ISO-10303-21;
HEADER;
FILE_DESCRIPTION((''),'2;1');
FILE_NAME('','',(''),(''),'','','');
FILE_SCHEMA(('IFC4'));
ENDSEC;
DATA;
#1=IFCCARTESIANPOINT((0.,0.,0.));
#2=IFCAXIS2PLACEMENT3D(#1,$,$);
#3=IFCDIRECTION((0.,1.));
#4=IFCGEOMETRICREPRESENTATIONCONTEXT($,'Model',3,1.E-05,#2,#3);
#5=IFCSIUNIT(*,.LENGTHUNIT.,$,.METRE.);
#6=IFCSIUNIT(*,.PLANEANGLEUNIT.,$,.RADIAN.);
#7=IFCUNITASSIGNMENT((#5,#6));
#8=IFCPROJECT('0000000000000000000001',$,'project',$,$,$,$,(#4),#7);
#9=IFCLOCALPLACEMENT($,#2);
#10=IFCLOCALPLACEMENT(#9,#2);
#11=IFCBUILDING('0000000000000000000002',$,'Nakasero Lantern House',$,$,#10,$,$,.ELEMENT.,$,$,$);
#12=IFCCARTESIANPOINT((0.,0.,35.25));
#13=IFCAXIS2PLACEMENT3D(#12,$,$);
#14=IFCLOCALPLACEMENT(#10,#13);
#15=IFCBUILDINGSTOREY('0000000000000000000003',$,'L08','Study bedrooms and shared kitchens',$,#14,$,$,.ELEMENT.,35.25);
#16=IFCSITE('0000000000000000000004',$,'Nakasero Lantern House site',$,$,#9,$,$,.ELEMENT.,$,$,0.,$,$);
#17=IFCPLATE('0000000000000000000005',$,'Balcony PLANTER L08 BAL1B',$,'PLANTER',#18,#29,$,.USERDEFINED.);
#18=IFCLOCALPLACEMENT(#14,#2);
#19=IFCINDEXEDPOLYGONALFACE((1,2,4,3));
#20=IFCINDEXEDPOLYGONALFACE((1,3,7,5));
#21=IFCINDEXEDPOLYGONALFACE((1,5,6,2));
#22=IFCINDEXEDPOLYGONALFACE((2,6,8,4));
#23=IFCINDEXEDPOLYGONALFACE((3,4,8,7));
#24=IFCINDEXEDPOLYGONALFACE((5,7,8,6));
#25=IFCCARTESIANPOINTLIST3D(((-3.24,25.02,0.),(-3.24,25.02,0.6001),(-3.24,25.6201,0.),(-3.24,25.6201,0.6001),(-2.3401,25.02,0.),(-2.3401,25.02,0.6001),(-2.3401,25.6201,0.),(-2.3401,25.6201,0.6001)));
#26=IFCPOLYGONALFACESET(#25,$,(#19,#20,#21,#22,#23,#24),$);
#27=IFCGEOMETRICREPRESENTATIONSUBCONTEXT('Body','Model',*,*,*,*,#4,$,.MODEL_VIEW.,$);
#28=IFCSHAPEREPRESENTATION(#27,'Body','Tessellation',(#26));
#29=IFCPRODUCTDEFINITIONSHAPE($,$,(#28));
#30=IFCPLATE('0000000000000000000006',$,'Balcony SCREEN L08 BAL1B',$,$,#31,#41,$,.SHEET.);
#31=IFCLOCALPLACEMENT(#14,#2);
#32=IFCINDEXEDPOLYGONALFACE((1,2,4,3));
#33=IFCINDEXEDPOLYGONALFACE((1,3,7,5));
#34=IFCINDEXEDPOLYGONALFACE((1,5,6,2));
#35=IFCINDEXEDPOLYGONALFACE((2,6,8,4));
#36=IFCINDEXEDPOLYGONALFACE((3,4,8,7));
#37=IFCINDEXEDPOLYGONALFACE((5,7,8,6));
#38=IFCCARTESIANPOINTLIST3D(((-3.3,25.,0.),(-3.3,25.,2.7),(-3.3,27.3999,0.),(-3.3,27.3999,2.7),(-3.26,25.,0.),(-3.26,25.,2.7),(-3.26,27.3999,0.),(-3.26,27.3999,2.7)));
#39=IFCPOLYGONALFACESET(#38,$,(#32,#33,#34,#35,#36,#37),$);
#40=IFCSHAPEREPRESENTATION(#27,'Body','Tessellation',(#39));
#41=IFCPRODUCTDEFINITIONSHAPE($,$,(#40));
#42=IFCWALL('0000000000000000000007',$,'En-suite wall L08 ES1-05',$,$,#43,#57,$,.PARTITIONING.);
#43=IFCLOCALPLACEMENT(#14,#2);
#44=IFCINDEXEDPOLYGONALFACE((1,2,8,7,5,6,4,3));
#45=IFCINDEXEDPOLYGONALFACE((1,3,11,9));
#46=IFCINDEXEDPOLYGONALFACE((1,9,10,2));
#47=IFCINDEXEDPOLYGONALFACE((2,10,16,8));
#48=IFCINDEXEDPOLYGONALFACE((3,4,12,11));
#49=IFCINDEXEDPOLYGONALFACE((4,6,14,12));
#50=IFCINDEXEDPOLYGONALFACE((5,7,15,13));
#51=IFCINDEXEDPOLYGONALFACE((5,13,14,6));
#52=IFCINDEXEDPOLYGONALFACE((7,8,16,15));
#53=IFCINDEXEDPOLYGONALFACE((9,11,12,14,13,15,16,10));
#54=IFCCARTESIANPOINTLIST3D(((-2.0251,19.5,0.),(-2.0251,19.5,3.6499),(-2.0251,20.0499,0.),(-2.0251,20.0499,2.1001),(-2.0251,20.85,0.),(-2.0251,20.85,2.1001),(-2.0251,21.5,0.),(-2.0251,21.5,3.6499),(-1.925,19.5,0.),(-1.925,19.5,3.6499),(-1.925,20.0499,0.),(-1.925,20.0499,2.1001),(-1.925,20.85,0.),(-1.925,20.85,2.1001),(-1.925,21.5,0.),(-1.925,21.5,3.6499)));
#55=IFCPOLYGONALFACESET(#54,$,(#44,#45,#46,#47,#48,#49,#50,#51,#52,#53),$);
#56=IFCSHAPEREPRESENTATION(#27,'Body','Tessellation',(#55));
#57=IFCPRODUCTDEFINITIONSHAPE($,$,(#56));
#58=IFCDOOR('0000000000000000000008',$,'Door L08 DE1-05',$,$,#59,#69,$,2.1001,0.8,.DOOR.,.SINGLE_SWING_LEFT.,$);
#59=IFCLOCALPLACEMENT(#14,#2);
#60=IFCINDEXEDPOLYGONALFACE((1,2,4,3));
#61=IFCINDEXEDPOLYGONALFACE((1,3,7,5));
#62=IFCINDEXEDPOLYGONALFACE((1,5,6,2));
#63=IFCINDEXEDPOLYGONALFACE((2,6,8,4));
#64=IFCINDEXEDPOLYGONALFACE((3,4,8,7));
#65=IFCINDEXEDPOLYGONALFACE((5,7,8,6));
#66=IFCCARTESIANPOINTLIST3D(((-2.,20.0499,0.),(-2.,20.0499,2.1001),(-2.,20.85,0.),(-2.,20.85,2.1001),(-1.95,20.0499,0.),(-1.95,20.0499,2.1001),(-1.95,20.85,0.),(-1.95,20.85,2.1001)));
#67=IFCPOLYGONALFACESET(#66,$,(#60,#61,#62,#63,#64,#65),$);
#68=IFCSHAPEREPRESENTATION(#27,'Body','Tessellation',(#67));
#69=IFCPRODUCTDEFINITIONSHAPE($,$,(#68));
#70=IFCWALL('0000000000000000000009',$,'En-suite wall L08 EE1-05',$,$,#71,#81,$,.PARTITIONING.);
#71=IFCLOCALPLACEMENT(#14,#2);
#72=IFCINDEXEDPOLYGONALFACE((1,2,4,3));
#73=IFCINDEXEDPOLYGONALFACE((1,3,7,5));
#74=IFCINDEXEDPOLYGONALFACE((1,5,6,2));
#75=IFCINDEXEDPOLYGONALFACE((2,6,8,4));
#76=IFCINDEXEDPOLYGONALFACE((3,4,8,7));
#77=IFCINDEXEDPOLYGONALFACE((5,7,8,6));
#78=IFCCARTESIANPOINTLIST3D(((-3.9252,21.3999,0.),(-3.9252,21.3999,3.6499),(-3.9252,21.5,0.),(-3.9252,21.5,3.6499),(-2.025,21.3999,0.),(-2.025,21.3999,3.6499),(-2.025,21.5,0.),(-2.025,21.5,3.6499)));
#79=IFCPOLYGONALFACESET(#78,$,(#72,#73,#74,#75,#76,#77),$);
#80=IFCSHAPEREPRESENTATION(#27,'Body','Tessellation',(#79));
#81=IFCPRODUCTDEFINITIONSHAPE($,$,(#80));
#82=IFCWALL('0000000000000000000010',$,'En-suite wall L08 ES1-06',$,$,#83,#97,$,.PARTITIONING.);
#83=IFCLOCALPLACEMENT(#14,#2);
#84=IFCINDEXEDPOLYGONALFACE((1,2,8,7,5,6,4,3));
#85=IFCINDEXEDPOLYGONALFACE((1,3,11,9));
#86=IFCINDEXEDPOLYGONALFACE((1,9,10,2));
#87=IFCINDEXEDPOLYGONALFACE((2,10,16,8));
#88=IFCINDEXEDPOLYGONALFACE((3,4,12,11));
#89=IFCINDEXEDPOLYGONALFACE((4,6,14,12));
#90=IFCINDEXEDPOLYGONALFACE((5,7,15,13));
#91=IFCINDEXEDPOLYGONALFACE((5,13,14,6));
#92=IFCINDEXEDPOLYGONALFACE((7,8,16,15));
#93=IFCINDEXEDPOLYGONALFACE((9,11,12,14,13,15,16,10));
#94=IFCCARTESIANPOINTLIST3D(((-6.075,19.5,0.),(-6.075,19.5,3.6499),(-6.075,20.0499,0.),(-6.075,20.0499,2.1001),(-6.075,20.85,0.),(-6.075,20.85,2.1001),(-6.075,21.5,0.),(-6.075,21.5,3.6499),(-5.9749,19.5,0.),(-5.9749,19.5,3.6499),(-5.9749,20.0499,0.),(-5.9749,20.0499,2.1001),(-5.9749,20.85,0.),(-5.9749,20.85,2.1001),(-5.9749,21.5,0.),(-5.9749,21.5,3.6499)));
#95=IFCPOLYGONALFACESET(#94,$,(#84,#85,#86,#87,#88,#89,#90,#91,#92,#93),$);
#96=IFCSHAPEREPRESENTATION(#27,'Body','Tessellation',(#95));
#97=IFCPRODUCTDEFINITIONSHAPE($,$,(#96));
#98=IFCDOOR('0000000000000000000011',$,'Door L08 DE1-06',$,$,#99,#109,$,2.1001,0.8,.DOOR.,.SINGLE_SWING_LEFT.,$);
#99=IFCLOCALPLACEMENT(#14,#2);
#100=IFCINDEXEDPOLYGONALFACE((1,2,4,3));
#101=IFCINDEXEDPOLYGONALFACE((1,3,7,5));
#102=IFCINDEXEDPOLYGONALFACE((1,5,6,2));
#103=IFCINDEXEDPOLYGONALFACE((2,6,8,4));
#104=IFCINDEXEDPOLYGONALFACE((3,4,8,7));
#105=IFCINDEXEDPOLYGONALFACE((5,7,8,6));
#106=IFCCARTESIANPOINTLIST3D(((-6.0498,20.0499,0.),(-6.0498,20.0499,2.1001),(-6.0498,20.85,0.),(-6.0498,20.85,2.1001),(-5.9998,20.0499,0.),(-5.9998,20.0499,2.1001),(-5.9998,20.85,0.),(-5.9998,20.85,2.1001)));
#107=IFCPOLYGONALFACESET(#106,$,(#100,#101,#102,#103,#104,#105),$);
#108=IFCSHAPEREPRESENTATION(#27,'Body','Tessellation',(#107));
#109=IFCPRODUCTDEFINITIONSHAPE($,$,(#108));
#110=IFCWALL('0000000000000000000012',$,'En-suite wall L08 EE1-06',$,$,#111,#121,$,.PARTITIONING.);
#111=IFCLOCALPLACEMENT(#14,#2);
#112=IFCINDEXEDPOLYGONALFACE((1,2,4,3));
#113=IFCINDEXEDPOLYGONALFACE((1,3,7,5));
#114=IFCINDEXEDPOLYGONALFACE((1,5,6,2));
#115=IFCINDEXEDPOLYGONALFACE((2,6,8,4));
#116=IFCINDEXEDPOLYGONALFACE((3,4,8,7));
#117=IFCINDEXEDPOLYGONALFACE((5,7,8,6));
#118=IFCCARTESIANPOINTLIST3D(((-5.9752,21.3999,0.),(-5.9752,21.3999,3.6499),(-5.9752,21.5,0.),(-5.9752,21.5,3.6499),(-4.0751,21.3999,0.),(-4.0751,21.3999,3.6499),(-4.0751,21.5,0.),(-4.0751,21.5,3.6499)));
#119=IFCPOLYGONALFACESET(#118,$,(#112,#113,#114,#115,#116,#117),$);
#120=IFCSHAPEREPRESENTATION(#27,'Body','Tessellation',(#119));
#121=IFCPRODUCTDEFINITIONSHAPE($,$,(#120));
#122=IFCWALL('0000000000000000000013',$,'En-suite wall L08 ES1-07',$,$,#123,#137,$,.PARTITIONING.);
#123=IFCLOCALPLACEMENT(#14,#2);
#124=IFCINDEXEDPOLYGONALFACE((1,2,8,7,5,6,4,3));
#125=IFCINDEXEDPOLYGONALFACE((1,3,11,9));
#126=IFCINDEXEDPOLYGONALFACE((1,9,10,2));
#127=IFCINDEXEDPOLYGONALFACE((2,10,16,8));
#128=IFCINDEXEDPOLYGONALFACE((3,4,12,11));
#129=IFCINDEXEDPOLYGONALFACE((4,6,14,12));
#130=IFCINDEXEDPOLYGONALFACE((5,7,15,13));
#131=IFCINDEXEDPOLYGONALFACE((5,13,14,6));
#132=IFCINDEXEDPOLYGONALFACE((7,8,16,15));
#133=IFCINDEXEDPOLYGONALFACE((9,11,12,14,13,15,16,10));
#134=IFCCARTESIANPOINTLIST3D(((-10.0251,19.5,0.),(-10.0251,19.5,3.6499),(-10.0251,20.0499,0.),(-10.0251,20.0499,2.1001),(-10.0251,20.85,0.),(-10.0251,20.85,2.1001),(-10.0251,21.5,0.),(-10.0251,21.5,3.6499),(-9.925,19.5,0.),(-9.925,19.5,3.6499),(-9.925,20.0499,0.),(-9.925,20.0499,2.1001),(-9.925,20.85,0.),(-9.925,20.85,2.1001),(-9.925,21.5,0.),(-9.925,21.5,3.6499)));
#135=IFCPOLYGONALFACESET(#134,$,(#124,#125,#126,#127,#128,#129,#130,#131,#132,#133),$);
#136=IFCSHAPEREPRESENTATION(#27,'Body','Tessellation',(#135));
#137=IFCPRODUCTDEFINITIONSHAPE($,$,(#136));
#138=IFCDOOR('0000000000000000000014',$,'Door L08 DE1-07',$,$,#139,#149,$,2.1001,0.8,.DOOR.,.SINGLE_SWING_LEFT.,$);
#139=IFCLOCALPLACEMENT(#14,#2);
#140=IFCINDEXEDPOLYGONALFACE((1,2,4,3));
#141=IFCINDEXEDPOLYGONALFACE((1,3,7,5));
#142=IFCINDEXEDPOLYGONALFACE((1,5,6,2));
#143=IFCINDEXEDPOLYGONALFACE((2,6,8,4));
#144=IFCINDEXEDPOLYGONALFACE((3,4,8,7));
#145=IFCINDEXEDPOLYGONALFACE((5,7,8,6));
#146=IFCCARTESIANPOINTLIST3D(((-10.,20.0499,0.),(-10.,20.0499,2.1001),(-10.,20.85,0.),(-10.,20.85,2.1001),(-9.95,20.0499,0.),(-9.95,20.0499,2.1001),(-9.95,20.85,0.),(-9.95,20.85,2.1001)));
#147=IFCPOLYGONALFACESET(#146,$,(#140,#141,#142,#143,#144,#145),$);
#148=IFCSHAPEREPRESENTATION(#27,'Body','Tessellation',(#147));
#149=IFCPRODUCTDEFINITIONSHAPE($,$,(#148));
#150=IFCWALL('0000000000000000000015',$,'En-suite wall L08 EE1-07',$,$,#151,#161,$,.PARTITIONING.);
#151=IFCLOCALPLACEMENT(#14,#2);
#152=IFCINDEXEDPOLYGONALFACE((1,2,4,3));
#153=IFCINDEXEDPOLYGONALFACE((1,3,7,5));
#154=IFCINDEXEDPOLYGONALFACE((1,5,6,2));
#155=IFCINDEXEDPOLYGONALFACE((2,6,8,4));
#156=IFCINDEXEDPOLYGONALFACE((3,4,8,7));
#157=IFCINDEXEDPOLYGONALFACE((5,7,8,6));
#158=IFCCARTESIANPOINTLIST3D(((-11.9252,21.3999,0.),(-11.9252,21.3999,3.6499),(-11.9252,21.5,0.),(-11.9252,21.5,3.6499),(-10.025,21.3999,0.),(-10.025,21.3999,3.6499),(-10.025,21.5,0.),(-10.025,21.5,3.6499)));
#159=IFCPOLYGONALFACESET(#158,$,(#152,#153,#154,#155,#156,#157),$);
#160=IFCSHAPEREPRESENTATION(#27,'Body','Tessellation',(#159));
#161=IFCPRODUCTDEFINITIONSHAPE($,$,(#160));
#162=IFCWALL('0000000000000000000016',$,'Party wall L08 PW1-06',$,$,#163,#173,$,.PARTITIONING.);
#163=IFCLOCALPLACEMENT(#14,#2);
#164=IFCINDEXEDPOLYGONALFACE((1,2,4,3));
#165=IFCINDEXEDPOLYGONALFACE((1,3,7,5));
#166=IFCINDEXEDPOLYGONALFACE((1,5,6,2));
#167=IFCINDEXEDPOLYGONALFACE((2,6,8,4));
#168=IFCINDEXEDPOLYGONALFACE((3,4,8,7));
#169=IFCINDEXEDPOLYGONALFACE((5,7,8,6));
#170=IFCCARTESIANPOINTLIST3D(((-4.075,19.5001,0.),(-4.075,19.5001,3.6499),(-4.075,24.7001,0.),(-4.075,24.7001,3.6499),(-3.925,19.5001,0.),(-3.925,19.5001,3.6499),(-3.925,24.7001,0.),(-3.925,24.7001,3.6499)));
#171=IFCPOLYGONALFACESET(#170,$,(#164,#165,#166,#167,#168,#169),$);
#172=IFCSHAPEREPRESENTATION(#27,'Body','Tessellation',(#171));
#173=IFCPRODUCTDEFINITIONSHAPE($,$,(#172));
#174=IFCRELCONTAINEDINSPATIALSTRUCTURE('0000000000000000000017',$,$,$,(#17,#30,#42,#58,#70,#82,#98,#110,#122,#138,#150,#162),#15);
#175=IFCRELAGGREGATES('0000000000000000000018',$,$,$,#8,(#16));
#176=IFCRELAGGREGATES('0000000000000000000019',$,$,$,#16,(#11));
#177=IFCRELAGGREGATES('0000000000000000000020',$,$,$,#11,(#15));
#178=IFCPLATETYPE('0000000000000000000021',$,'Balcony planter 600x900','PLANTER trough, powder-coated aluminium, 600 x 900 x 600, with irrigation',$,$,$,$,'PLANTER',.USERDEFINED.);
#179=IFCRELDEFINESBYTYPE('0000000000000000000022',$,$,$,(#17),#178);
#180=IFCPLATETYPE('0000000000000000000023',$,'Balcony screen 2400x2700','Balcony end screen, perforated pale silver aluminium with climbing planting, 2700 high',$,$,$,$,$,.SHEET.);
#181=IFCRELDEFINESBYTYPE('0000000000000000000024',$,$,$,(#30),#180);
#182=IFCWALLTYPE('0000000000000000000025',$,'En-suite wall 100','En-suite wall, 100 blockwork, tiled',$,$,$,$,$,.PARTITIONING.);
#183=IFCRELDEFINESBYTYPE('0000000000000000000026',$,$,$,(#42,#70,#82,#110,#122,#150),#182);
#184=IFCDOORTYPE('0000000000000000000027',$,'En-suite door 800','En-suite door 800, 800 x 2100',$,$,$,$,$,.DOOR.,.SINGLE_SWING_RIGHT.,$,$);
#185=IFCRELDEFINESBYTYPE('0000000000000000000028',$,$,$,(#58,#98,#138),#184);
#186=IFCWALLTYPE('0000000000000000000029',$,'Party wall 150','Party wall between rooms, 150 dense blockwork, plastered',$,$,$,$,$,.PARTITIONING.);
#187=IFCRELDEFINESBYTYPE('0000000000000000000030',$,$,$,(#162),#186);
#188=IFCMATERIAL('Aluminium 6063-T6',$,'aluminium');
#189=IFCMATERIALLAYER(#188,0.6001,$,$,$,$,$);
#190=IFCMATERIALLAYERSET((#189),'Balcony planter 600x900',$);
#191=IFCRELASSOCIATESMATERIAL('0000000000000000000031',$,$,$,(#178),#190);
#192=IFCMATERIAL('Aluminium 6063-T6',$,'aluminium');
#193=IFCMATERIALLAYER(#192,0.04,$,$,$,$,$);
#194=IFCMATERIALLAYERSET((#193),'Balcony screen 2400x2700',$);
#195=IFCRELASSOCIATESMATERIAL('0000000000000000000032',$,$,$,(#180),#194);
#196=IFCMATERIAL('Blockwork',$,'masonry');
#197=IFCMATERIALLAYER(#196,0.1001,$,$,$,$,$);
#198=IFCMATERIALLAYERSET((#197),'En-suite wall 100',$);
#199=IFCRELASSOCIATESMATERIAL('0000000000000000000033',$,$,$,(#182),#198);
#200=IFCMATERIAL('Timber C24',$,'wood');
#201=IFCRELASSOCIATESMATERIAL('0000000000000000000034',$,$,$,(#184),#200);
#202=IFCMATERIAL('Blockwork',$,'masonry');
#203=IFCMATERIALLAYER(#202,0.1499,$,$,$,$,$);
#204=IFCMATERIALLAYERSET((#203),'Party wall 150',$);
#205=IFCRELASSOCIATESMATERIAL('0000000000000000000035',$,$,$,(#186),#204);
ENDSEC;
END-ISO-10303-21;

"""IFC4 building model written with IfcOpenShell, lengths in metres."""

from ifc_helpers import new_model, si_unit, direction, frame, frame_2d, origin, origin_2d, place, context, subcontext, project, spatial, rectangle, extrude, material, layer, layer_set, type_object, element, fill, save


model = new_model("IFC4")

# Units and contexts
model_context = context("Model", 3, precision=1e-05, world=origin(), true_north=direction((0.0, 1.0)))
body_context = subcontext(model_context, "Body", "Model", "MODEL_VIEW")
ifc_project = project(units=[si_unit("LENGTHUNIT", "METRE"), si_unit("PLANEANGLEUNIT", "RADIAN")], contexts=[model_context])

# Site, building, storey
site_placement = place(None, origin())
site = spatial("IfcSite", under=ifc_project, at=site_placement, Name="Nakasero Lantern House site", CompositionType="ELEMENT", RefElevation=0.0)
building_placement = place(site_placement, origin())
building = spatial("IfcBuilding", under=site, at=building_placement, Name="Nakasero Lantern House", CompositionType="ELEMENT")
storey_placement = place(building_placement, frame((0.0, 0.0, 35.25)))
storey = spatial("IfcBuildingStorey", under=building, at=storey_placement, Name="L08", Description="Study bedrooms and shared kitchens", CompositionType="ELEMENT", Elevation=35.25)

# Plates
ifc_material_1 = material(Name="Aluminium 6063-T6", Category="aluminium")
ifc_layer_1 = layer(ifc_material_1, 0.6001)
ifc_layer_set_1 = layer_set([ifc_layer_1], Name="Balcony planter 600x900")
plate_type_1 = type_object("IfcPlateType", Name="Balcony planter 600x900", Description="PLANTER trough, powder-coated aluminium, 600 x 900 x 600, with irrigation", ElementType="PLANTER", PredefinedType="USERDEFINED", material=ifc_layer_set_1)
plate_1_placement = place(storey_placement, frame((-2.79, 25.3201, 0.0), z_axis=(0.0, 0.0, 1.0), x_axis=(0.0, 1.0, 0.0)))
element("IfcPlate", 1, at=plate_1_placement, inside=storey, type_object=plate_type_1, Name="Balcony PLANTER L08 BAL1B", ObjectType="PLANTER", PredefinedType="USERDEFINED", context=body_context, shape_type="SweptSolid", body=[
    extrude(rectangle(XDim=0.6001, YDim=0.8999, at=origin_2d()), origin(), (0.0, 0.0, 1.0), 0.6001),
])
ifc_material_2 = material(Name="Aluminium 6063-T6", Category="aluminium")
ifc_layer_2 = layer(ifc_material_2, 0.04)
ifc_layer_set_2 = layer_set([ifc_layer_2], Name="Balcony screen 2400x2700")
plate_type_2 = type_object("IfcPlateType", Name="Balcony screen 2400x2700", Description="Balcony end screen, perforated pale silver aluminium with climbing planting, 2700 high", PredefinedType="SHEET", material=ifc_layer_set_2)
plate_2_placement = place(storey_placement, frame((-3.28, 26.2, 0.0), z_axis=(0.0, 0.0, 1.0), x_axis=(0.0, 1.0, 0.0)))
element("IfcPlate", 2, at=plate_2_placement, inside=storey, type_object=plate_type_2, Name="Balcony SCREEN L08 BAL1B", PredefinedType="SHEET", context=body_context, shape_type="SweptSolid", body=[
    extrude(rectangle(XDim=2.3999, YDim=0.04, at=origin_2d()), origin(), (0.0, 0.0, 1.0), 2.7),
])

# Wall, opening, door
ifc_material_3 = material(Name="Blockwork", Category="masonry")
ifc_layer_3 = layer(ifc_material_3, 0.1001)
ifc_layer_set_3 = layer_set([ifc_layer_3], Name="En-suite wall 100")
wall_type_1 = type_object("IfcWallType", Name="En-suite wall 100", Description="En-suite wall, 100 blockwork, tiled", PredefinedType="PARTITIONING", material=ifc_layer_set_3)
wall_1_placement = place(storey_placement, frame((-1.9751, 19.5, 0.0), z_axis=(0.0, 0.0, 1.0), x_axis=(0.0, 1.0, 0.0)))
wall_1 = element("IfcWall", 3, at=wall_1_placement, inside=storey, type_object=wall_type_1, Name="En-suite wall L08 ES1-05", PredefinedType="PARTITIONING", context=body_context, shape_type="SweptSolid", body=[
    extrude(rectangle(XDim=2.0, YDim=0.1001, at=frame_2d((1.0, 0.0))), origin(), (0.0, 0.0, 1.0), 3.6499),
])
opening_1_placement = place(wall_1_placement, frame((0.55, 0.0, 0.0)))
opening_1 = element("IfcOpeningElement", 4, at=opening_1_placement, cuts=wall_1, PredefinedType="OPENING", context=body_context, shape_type="SweptSolid", body=[
    extrude(rectangle(XDim=0.8, YDim=2.1001, at=frame_2d((0.3999, 1.05))), frame((0.0, 0.0701, 0.0), z_axis=(0.0, -1.0, 0.0), x_axis=(1.0, 0.0, 0.0)), (0.0, 0.0, 1.0), 0.1401),
])
ifc_material_4 = material(Name="Timber C24", Category="wood")
door_type = type_object("IfcDoorType", Name="En-suite door 800", Description="En-suite door 800, 800 x 2100", OperationType="SINGLE_SWING_RIGHT", PredefinedType="DOOR", material=ifc_material_4)
door_1_placement = place(opening_1_placement, origin())
door_1 = element("IfcDoor", 5, at=door_1_placement, inside=storey, type_object=door_type, Name="Door L08 DE1-05", OperationType="SINGLE_SWING_LEFT", OverallHeight=2.1001, OverallWidth=0.8, PredefinedType="DOOR", context=body_context, shape_type="SweptSolid", body=[
    extrude(rectangle(XDim=0.8, YDim=2.1001, at=frame_2d((0.3999, 1.05))), frame((0.0, 0.0249, 0.0), z_axis=(0.0, -1.0, 0.0), x_axis=(1.0, 0.0, 0.0)), (0.0, 0.0, 1.0), 0.05),
])
fill(opening_1, door_1)

# Wall
wall_2_placement = place(storey_placement, frame((-2.0249, 21.45, 0.0), z_axis=(0.0, 0.0, 1.0), x_axis=(-1.0, 0.0, 0.0)))
element("IfcWall", 6, at=wall_2_placement, inside=storey, type_object=wall_type_1, Name="En-suite wall L08 EE1-05", PredefinedType="PARTITIONING", context=body_context, shape_type="SweptSolid", body=[
    extrude(rectangle(XDim=1.9001, YDim=0.1001, at=frame_2d((0.9502, 0.0))), origin(), (0.0, 0.0, 1.0), 3.6499),
])

# Wall, opening, door
wall_3_placement = place(storey_placement, frame((-6.0249, 19.5, 0.0), z_axis=(0.0, 0.0, 1.0), x_axis=(0.0, 1.0, 0.0)))
wall_3 = element("IfcWall", 7, at=wall_3_placement, inside=storey, type_object=wall_type_1, Name="En-suite wall L08 ES1-06", PredefinedType="PARTITIONING", context=body_context, shape_type="SweptSolid", body=[
    extrude(rectangle(XDim=2.0, YDim=0.1001, at=frame_2d((1.0, 0.0))), origin(), (0.0, 0.0, 1.0), 3.6499),
])
opening_2_placement = place(wall_3_placement, frame((0.55, 0.0, 0.0)))
opening_2 = element("IfcOpeningElement", 8, at=opening_2_placement, cuts=wall_3, PredefinedType="OPENING", context=body_context, shape_type="SweptSolid", body=[
    extrude(rectangle(XDim=0.8, YDim=2.1001, at=frame_2d((0.3999, 1.05))), frame((0.0, 0.0701, 0.0), z_axis=(0.0, -1.0, 0.0), x_axis=(1.0, 0.0, 0.0)), (0.0, 0.0, 1.0), 0.1401),
])
door_2_placement = place(opening_2_placement, origin())
door_2 = element("IfcDoor", 9, at=door_2_placement, inside=storey, type_object=door_type, Name="Door L08 DE1-06", OperationType="SINGLE_SWING_LEFT", OverallHeight=2.1001, OverallWidth=0.8, PredefinedType="DOOR", context=body_context, shape_type="SweptSolid", body=[
    extrude(rectangle(XDim=0.8, YDim=2.1001, at=frame_2d((0.3999, 1.05))), frame((0.0, 0.0249, 0.0), z_axis=(0.0, -1.0, 0.0), x_axis=(1.0, 0.0, 0.0)), (0.0, 0.0, 1.0), 0.05),
])
fill(opening_2, door_2)

# Wall
wall_4_placement = place(storey_placement, frame((-4.075, 21.45, 0.0), z_axis=(0.0, 0.0, 1.0), x_axis=(-1.0, 0.0, 0.0)))
element("IfcWall", 10, at=wall_4_placement, inside=storey, type_object=wall_type_1, Name="En-suite wall L08 EE1-06", PredefinedType="PARTITIONING", context=body_context, shape_type="SweptSolid", body=[
    extrude(rectangle(XDim=1.9001, YDim=0.1001, at=frame_2d((0.9502, 0.0))), origin(), (0.0, 0.0, 1.0), 3.6499),
])

# Wall, opening, door
wall_5_placement = place(storey_placement, frame((-9.9751, 19.5, 0.0), z_axis=(0.0, 0.0, 1.0), x_axis=(0.0, 1.0, 0.0)))
wall_5 = element("IfcWall", 11, at=wall_5_placement, inside=storey, type_object=wall_type_1, Name="En-suite wall L08 ES1-07", PredefinedType="PARTITIONING", context=body_context, shape_type="SweptSolid", body=[
    extrude(rectangle(XDim=2.0, YDim=0.1001, at=frame_2d((1.0, 0.0))), origin(), (0.0, 0.0, 1.0), 3.6499),
])
opening_3_placement = place(wall_5_placement, frame((0.55, 0.0, 0.0)))
opening_3 = element("IfcOpeningElement", 12, at=opening_3_placement, cuts=wall_5, PredefinedType="OPENING", context=body_context, shape_type="SweptSolid", body=[
    extrude(rectangle(XDim=0.8, YDim=2.1001, at=frame_2d((0.3999, 1.05))), frame((0.0, 0.0701, 0.0), z_axis=(0.0, -1.0, 0.0), x_axis=(1.0, 0.0, 0.0)), (0.0, 0.0, 1.0), 0.1401),
])
door_3_placement = place(opening_3_placement, origin())
door_3 = element("IfcDoor", 13, at=door_3_placement, inside=storey, type_object=door_type, Name="Door L08 DE1-07", OperationType="SINGLE_SWING_LEFT", OverallHeight=2.1001, OverallWidth=0.8, PredefinedType="DOOR", context=body_context, shape_type="SweptSolid", body=[
    extrude(rectangle(XDim=0.8, YDim=2.1001, at=frame_2d((0.3999, 1.05))), frame((0.0, 0.0249, 0.0), z_axis=(0.0, -1.0, 0.0), x_axis=(1.0, 0.0, 0.0)), (0.0, 0.0, 1.0), 0.05),
])
fill(opening_3, door_3)

# Walls
wall_6_placement = place(storey_placement, frame((-10.0249, 21.45, 0.0), z_axis=(0.0, 0.0, 1.0), x_axis=(-1.0, 0.0, 0.0)))
element("IfcWall", 14, at=wall_6_placement, inside=storey, type_object=wall_type_1, Name="En-suite wall L08 EE1-07", PredefinedType="PARTITIONING", context=body_context, shape_type="SweptSolid", body=[
    extrude(rectangle(XDim=1.9001, YDim=0.1001, at=frame_2d((0.9502, 0.0))), origin(), (0.0, 0.0, 1.0), 3.6499),
])
ifc_material_5 = material(Name="Blockwork", Category="masonry")
ifc_layer_4 = layer(ifc_material_5, 0.1499)
ifc_layer_set_4 = layer_set([ifc_layer_4], Name="Party wall 150")
wall_type_2 = type_object("IfcWallType", Name="Party wall 150", Description="Party wall between rooms, 150 dense blockwork, plastered", PredefinedType="PARTITIONING", material=ifc_layer_set_4)
for number, where, z_axis, x_axis, name in (
    (15, (-4.0, 19.5, 0.0), (0.0, 0.0, 1.0), (0.0, 1.0, 0.0), "Party wall L08 PW1-06"),
):
    element("IfcWall", number, at=place(storey_placement, frame(where, z_axis=z_axis, x_axis=x_axis)), inside=storey, type_object=wall_type_2, Name=name, PredefinedType="PARTITIONING", context=body_context, shape_type="SweptSolid", body=[
        extrude(rectangle(XDim=5.2, YDim=0.1499, at=frame_2d((2.6001, 0.0))), origin(), (0.0, 0.0, 1.0), 3.6499),
    ])

save(model, "model.ifc")
